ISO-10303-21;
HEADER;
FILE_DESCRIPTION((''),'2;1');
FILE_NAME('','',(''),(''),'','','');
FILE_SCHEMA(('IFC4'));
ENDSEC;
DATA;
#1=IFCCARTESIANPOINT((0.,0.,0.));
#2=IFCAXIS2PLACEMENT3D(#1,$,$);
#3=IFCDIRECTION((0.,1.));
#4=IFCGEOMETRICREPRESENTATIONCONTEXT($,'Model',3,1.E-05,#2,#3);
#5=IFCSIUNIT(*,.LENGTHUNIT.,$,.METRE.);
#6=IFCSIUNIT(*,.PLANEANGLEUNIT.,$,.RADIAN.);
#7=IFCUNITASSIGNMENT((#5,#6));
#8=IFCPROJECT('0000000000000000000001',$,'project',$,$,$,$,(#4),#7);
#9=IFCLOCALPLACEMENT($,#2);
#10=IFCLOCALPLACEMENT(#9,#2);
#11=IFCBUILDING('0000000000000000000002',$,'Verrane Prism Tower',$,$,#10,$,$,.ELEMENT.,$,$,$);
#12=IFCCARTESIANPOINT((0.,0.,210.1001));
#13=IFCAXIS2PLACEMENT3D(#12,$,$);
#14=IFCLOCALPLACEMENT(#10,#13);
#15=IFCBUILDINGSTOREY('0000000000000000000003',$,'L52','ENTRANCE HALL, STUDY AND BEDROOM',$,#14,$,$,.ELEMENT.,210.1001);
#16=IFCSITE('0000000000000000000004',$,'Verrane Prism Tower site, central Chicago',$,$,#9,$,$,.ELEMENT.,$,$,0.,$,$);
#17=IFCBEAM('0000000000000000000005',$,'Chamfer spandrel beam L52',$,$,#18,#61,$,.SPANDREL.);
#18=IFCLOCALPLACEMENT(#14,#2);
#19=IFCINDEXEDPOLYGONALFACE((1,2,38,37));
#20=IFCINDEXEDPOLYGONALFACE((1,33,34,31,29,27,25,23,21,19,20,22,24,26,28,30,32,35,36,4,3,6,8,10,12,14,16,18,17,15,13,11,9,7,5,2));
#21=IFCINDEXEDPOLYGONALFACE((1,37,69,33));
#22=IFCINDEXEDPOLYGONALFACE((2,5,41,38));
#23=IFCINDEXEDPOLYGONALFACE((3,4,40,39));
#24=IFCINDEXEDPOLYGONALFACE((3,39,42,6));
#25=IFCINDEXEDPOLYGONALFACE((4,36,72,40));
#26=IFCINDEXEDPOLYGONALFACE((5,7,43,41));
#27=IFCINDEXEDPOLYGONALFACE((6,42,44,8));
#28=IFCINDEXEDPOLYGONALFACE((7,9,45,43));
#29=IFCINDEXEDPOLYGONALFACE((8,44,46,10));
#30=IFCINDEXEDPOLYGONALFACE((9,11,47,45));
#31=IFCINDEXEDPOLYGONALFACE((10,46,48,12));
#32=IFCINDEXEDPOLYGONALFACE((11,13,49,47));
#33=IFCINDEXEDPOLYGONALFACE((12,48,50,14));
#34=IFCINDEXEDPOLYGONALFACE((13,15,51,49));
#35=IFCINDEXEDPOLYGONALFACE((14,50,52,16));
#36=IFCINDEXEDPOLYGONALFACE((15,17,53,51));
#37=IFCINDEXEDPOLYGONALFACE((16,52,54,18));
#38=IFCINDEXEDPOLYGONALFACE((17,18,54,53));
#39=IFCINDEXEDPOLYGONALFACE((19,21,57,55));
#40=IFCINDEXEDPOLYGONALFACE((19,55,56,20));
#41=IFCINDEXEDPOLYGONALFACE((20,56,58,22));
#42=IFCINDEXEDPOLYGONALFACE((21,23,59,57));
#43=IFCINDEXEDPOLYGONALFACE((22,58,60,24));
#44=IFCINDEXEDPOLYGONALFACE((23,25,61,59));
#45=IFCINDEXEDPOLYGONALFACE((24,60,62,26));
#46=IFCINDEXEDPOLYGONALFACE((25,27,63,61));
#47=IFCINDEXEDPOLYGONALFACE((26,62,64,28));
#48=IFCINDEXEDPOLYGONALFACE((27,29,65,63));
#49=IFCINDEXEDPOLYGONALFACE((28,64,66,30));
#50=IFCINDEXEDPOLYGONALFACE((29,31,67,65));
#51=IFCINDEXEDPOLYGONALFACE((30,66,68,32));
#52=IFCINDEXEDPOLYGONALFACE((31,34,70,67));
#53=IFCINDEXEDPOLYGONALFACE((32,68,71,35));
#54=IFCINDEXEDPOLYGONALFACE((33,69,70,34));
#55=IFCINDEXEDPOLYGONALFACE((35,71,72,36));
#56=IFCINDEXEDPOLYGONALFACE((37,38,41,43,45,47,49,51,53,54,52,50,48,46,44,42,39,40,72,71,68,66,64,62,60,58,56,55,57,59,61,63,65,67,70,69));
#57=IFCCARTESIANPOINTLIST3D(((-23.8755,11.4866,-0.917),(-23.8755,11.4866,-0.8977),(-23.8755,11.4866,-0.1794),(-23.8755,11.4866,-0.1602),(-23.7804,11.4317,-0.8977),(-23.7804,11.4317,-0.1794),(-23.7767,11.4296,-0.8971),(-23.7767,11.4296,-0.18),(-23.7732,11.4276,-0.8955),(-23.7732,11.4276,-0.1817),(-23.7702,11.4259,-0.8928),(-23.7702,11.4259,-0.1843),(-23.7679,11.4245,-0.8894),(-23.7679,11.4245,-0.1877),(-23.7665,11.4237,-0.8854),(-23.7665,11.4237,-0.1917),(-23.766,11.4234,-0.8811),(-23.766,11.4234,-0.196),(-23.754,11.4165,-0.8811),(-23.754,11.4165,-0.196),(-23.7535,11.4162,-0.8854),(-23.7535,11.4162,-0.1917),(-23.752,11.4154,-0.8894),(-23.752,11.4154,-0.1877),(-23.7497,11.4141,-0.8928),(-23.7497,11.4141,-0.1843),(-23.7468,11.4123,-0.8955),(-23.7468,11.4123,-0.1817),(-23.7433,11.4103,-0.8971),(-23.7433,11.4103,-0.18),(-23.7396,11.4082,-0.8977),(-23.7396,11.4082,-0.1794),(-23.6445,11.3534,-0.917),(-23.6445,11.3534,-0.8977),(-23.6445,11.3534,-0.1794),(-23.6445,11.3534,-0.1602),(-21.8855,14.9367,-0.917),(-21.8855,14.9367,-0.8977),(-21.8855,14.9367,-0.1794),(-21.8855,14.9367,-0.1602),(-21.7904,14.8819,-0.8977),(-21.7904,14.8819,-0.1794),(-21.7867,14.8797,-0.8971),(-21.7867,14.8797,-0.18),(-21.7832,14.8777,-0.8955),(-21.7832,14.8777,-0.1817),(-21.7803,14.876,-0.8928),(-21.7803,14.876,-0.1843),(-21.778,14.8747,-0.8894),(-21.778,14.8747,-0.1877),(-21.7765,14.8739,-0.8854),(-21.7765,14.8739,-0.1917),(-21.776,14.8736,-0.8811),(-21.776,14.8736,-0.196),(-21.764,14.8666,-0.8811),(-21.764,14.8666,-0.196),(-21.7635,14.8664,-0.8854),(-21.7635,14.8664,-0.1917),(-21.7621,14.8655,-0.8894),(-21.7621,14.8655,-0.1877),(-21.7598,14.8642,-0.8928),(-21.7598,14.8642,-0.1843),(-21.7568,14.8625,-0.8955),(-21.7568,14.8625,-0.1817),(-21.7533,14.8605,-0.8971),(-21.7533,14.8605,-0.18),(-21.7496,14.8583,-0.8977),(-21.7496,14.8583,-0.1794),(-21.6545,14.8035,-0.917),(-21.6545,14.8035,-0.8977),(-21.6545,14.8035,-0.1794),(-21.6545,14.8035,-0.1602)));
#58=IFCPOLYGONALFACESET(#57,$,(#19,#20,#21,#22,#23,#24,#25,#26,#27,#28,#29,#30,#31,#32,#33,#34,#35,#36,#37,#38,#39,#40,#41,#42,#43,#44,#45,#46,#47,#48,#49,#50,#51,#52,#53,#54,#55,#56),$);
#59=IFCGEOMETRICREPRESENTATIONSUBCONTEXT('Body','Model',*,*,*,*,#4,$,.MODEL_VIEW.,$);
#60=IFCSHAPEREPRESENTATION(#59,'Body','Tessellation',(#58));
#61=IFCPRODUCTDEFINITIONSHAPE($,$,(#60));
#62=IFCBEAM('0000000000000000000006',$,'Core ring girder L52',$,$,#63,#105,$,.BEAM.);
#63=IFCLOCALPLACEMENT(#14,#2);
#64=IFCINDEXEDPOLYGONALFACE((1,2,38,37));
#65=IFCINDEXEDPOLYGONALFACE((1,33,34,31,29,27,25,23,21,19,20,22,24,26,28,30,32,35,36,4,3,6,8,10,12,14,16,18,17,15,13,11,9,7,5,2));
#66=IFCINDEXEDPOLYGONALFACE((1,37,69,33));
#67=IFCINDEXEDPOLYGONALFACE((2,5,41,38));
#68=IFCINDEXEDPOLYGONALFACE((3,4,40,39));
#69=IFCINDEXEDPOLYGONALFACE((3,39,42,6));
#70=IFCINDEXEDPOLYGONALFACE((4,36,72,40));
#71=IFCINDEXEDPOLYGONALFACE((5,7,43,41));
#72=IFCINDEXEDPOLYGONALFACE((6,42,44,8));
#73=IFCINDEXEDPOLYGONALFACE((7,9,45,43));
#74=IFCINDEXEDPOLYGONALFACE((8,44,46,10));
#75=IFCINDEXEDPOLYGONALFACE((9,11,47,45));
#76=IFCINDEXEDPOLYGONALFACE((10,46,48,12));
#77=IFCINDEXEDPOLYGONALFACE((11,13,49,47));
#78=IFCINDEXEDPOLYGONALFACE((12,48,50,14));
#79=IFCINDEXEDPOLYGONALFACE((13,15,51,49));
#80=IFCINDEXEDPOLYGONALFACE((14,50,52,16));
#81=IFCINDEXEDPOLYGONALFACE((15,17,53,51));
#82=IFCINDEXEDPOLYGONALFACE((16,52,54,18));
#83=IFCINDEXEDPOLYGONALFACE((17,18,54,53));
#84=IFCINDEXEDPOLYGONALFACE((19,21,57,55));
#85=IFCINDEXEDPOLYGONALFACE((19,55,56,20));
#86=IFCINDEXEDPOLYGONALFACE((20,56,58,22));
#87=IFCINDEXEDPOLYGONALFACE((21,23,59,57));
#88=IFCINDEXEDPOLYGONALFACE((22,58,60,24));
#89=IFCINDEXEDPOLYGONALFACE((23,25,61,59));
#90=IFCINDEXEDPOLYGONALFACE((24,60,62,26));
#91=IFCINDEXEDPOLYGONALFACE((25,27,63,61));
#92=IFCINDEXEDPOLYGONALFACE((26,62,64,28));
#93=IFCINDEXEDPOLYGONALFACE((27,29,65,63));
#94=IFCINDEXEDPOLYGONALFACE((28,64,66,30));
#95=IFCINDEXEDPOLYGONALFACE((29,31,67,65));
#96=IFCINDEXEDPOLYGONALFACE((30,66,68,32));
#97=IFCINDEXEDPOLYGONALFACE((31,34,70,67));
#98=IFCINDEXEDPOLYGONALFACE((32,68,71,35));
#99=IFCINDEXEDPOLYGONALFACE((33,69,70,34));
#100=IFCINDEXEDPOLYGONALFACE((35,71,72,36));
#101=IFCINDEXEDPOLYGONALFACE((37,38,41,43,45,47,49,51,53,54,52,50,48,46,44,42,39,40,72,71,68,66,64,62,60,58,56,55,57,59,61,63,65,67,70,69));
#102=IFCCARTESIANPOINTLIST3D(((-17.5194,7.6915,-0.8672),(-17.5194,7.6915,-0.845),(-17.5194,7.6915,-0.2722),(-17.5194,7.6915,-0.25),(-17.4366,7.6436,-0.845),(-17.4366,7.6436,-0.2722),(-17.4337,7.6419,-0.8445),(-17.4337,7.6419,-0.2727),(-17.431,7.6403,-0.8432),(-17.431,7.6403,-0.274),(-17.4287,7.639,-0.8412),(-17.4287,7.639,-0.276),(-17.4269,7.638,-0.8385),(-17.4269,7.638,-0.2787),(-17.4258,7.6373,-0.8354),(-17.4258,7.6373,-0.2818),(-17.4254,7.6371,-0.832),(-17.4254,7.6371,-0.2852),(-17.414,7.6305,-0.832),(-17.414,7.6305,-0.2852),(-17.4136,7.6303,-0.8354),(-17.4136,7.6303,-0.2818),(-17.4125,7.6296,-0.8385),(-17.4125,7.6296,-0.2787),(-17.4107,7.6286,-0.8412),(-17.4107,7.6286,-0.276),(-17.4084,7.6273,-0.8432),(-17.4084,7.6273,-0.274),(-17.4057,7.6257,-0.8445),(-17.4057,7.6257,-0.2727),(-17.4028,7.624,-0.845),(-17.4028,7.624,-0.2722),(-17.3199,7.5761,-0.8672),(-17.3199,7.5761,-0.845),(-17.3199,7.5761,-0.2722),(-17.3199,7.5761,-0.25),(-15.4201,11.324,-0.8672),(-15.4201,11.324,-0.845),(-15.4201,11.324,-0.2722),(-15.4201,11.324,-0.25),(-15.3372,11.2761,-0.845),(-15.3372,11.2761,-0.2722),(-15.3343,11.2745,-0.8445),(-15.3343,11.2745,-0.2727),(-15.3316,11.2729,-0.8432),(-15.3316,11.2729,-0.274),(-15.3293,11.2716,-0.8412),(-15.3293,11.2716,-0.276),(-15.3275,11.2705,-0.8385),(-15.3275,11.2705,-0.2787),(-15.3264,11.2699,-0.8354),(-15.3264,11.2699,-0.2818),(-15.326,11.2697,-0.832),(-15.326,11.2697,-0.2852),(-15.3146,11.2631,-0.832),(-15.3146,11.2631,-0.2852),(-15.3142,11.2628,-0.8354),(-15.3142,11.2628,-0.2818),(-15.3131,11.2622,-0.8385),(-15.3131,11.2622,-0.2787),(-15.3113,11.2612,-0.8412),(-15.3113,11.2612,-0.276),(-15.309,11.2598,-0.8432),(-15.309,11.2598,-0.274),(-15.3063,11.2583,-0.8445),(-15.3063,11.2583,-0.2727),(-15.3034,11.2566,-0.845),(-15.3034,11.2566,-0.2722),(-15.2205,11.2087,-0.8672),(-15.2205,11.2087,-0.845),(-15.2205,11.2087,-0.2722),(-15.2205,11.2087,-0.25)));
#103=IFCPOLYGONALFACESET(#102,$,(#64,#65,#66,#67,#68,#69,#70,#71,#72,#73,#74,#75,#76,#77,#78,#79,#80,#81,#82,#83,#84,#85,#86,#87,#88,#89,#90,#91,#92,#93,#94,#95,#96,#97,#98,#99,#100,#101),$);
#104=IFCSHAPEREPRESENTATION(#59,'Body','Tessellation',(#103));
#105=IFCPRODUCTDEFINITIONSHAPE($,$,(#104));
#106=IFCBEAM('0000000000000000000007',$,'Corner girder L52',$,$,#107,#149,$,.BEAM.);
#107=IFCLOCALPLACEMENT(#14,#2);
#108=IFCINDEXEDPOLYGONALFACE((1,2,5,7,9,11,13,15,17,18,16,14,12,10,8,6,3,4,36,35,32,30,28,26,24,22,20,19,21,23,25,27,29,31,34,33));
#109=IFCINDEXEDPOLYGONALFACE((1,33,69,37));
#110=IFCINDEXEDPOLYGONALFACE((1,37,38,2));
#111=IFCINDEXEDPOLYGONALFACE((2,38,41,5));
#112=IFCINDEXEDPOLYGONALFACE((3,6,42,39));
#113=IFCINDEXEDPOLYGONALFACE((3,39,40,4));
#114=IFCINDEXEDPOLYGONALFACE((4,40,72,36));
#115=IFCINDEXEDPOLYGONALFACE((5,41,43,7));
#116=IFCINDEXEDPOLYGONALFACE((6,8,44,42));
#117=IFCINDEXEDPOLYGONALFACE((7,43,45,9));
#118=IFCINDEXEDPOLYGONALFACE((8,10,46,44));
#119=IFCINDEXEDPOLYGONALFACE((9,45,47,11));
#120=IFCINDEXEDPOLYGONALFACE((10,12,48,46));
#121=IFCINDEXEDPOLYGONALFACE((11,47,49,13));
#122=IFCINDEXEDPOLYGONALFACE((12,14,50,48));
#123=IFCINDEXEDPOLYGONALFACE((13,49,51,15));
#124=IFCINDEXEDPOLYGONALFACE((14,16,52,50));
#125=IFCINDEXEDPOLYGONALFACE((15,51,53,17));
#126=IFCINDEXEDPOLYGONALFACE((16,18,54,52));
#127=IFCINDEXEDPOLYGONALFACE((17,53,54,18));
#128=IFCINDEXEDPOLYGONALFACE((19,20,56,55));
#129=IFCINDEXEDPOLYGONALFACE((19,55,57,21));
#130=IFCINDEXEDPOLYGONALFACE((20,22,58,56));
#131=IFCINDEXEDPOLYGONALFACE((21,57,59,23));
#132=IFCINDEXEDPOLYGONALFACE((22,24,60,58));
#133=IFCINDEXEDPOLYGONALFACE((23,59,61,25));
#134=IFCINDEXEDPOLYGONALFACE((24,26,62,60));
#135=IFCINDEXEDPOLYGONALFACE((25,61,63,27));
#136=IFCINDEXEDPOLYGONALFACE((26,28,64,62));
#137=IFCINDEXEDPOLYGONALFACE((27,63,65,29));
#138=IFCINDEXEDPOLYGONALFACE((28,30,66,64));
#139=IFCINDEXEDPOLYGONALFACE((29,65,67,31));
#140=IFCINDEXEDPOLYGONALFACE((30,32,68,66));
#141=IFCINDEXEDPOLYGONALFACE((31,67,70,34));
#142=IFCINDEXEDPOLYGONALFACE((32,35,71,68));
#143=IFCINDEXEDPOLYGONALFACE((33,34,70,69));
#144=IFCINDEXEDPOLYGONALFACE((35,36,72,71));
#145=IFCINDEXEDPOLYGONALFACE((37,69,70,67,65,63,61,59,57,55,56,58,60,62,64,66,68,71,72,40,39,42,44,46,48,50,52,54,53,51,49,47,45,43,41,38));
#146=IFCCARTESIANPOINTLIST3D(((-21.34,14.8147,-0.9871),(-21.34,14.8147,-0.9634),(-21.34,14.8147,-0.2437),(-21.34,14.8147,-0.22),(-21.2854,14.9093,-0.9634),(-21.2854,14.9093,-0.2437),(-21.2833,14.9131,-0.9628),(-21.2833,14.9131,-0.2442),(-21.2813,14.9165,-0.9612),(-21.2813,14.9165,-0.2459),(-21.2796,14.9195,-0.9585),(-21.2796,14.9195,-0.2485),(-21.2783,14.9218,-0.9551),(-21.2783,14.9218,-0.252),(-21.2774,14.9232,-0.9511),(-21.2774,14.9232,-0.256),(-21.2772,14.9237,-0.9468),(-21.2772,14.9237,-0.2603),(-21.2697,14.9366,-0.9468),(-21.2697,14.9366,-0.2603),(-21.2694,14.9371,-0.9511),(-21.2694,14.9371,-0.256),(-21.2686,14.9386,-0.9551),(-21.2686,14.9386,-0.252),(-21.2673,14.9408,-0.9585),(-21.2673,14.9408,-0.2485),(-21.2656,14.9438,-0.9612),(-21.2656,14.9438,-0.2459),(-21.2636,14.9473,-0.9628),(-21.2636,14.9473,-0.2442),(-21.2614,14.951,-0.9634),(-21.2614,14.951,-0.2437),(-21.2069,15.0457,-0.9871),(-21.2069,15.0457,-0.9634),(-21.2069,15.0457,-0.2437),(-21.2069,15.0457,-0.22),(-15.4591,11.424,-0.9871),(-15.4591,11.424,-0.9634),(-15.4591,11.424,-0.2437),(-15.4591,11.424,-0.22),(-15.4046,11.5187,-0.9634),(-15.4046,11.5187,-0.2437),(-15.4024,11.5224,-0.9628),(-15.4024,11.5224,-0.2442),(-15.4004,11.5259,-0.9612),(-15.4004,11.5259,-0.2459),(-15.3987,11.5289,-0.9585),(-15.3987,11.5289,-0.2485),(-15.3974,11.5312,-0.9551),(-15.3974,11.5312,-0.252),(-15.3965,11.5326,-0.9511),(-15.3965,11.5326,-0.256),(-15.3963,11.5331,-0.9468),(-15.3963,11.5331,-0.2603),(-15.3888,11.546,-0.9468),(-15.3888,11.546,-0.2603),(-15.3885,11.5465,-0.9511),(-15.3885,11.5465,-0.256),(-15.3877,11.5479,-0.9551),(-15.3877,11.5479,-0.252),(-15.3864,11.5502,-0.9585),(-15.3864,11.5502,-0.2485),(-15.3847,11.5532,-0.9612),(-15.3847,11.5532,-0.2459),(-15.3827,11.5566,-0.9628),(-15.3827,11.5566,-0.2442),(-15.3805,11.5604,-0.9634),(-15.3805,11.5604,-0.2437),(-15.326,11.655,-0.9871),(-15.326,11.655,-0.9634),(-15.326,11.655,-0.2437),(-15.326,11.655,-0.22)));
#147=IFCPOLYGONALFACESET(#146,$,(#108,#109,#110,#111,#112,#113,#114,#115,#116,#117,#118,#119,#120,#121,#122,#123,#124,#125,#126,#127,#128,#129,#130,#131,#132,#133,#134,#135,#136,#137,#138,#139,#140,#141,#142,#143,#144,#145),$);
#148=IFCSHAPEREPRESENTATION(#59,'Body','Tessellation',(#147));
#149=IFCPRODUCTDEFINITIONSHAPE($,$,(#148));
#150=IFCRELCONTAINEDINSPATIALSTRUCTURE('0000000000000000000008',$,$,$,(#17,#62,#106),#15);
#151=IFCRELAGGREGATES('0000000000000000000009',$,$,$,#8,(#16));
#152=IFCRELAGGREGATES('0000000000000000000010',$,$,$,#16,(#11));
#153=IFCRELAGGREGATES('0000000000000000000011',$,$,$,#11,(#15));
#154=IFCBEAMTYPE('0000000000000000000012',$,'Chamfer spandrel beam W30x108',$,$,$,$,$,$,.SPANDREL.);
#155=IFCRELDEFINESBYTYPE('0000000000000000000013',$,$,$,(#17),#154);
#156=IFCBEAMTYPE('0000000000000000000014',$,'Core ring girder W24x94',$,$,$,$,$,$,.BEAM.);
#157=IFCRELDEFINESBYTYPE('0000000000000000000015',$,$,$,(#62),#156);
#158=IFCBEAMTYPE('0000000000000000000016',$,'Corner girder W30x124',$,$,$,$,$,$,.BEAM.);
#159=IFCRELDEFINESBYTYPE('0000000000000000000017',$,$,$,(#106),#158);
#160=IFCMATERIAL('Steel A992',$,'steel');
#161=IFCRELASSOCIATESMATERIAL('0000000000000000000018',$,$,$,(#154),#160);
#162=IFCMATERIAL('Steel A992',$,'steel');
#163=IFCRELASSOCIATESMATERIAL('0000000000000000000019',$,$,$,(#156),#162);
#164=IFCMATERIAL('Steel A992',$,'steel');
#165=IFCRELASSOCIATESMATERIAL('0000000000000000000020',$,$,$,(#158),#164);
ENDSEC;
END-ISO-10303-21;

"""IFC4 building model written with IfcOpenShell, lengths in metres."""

from ifc_helpers import new_model, si_unit, direction, frame, origin, origin_2d, place, context, subcontext, project, spatial, i_section, extrude, material, material_profile, profile_set, type_object, element, save


model = new_model("IFC4")

# Units and contexts
model_context = context("Model", 3, precision=1e-05, world=origin(), true_north=direction((0.0, 1.0)))
body_context = subcontext(model_context, "Body", "Model", "MODEL_VIEW")
ifc_project = project(units=[si_unit("LENGTHUNIT", "METRE"), si_unit("PLANEANGLEUNIT", "RADIAN")], contexts=[model_context])

# Site, building, storey
site_placement = place(None, origin())
site = spatial("IfcSite", under=ifc_project, at=site_placement, Name="Verrane Prism Tower site, central Chicago", CompositionType="ELEMENT", RefElevation=0.0)
building_placement = place(site_placement, origin())
building = spatial("IfcBuilding", under=site, at=building_placement, Name="Verrane Prism Tower", CompositionType="ELEMENT")
storey_placement = place(building_placement, frame((0.0, 0.0, 210.1001)))
storey = spatial("IfcBuildingStorey", under=building, at=storey_placement, Name="L52", Description="ENTRANCE HALL, STUDY AND BEDROOM", CompositionType="ELEMENT", Elevation=210.1001)

# Beams
ifc_material_1 = material(Name="Steel A992", Category="steel")
ifc_material_profile_1 = material_profile(ifc_material_1, i_section(OverallWidth=0.2666, OverallDepth=0.7568, WebThickness=0.0139, FlangeThickness=0.0193, FilletRadius=0.0166, at=origin_2d()), Name="W30x108")
ifc_profile_set_1 = profile_set([ifc_material_profile_1], Name="Steel A992")
beam_type_1 = type_object("IfcBeamType", Name="Chamfer spandrel beam W30x108", PredefinedType="SPANDREL", material=ifc_profile_set_1)
beam_1_placement = place(storey_placement, frame((-21.77, 14.8701, -0.5386), z_axis=(-0.499627, -0.866241, 0.0), x_axis=(0.866241, -0.499627, 0.0)))
element("IfcBeam", 1, at=beam_1_placement, inside=storey, type_object=beam_type_1, Name="Chamfer spandrel beam L52", PredefinedType="SPANDREL", context=body_context, shape_type="SweptSolid", body=[
    extrude(i_section(OverallWidth=0.2666, OverallDepth=0.7568, WebThickness=0.0139, FlangeThickness=0.0193, FilletRadius=0.0166, at=origin_2d()), origin(), (0.0, 0.0, 1.0), 3.9829),
])
ifc_material_2 = material(Name="Steel A992", Category="steel")
ifc_material_profile_2 = material_profile(ifc_material_2, i_section(OverallWidth=0.2305, OverallDepth=0.6172, WebThickness=0.0132, FlangeThickness=0.0222, FilletRadius=0.0129, at=origin_2d()), Name="W24x94")
ifc_profile_set_2 = profile_set([ifc_material_profile_2], Name="Steel A992")
beam_type_2 = type_object("IfcBeamType", Name="Core ring girder W24x94", PredefinedType="BEAM", material=ifc_profile_set_2)
beam_2_placement = place(storey_placement, frame((-15.3203, 11.2664, -0.5586), z_axis=(-0.500376, -0.865808, 0.0), x_axis=(0.865808, -0.500376, 0.0)))
element("IfcBeam", 2, at=beam_2_placement, inside=storey, type_object=beam_type_2, Name="Core ring girder L52", PredefinedType="BEAM", context=body_context, shape_type="SweptSolid", body=[
    extrude(i_section(OverallWidth=0.2305, OverallDepth=0.6172, WebThickness=0.0132, FlangeThickness=0.0222, FilletRadius=0.0129, at=origin_2d()), origin(), (0.0, 0.0, 1.0), 4.1956),
])
ifc_material_3 = material(Name="Steel A992", Category="steel")
ifc_material_profile_3 = material_profile(ifc_material_3, i_section(OverallWidth=0.2666, OverallDepth=0.7671, WebThickness=0.0149, FlangeThickness=0.0237, FilletRadius=0.0166, at=origin_2d()), Name="W30x124")
ifc_profile_set_3 = profile_set([ifc_material_profile_3], Name="Steel A992")
beam_type_3 = type_object("IfcBeamType", Name="Corner girder W30x124", PredefinedType="BEAM", material=ifc_profile_set_3)
beam_3_placement = place(storey_placement, frame((-21.2734, 14.9302, -0.6035), z_axis=(0.866324, -0.499482, 0.0), x_axis=(0.499482, 0.866324, 0.0)))
element("IfcBeam", 3, at=beam_3_placement, inside=storey, type_object=beam_type_3, Name="Corner girder L52", PredefinedType="BEAM", context=body_context, shape_type="SweptSolid", body=[
    extrude(i_section(OverallWidth=0.2666, OverallDepth=0.7671, WebThickness=0.0149, FlangeThickness=0.0237, FilletRadius=0.0166, at=origin_2d()), origin(), (0.0, 0.0, 1.0), 6.7883),
])

save(model, "model.ifc")
